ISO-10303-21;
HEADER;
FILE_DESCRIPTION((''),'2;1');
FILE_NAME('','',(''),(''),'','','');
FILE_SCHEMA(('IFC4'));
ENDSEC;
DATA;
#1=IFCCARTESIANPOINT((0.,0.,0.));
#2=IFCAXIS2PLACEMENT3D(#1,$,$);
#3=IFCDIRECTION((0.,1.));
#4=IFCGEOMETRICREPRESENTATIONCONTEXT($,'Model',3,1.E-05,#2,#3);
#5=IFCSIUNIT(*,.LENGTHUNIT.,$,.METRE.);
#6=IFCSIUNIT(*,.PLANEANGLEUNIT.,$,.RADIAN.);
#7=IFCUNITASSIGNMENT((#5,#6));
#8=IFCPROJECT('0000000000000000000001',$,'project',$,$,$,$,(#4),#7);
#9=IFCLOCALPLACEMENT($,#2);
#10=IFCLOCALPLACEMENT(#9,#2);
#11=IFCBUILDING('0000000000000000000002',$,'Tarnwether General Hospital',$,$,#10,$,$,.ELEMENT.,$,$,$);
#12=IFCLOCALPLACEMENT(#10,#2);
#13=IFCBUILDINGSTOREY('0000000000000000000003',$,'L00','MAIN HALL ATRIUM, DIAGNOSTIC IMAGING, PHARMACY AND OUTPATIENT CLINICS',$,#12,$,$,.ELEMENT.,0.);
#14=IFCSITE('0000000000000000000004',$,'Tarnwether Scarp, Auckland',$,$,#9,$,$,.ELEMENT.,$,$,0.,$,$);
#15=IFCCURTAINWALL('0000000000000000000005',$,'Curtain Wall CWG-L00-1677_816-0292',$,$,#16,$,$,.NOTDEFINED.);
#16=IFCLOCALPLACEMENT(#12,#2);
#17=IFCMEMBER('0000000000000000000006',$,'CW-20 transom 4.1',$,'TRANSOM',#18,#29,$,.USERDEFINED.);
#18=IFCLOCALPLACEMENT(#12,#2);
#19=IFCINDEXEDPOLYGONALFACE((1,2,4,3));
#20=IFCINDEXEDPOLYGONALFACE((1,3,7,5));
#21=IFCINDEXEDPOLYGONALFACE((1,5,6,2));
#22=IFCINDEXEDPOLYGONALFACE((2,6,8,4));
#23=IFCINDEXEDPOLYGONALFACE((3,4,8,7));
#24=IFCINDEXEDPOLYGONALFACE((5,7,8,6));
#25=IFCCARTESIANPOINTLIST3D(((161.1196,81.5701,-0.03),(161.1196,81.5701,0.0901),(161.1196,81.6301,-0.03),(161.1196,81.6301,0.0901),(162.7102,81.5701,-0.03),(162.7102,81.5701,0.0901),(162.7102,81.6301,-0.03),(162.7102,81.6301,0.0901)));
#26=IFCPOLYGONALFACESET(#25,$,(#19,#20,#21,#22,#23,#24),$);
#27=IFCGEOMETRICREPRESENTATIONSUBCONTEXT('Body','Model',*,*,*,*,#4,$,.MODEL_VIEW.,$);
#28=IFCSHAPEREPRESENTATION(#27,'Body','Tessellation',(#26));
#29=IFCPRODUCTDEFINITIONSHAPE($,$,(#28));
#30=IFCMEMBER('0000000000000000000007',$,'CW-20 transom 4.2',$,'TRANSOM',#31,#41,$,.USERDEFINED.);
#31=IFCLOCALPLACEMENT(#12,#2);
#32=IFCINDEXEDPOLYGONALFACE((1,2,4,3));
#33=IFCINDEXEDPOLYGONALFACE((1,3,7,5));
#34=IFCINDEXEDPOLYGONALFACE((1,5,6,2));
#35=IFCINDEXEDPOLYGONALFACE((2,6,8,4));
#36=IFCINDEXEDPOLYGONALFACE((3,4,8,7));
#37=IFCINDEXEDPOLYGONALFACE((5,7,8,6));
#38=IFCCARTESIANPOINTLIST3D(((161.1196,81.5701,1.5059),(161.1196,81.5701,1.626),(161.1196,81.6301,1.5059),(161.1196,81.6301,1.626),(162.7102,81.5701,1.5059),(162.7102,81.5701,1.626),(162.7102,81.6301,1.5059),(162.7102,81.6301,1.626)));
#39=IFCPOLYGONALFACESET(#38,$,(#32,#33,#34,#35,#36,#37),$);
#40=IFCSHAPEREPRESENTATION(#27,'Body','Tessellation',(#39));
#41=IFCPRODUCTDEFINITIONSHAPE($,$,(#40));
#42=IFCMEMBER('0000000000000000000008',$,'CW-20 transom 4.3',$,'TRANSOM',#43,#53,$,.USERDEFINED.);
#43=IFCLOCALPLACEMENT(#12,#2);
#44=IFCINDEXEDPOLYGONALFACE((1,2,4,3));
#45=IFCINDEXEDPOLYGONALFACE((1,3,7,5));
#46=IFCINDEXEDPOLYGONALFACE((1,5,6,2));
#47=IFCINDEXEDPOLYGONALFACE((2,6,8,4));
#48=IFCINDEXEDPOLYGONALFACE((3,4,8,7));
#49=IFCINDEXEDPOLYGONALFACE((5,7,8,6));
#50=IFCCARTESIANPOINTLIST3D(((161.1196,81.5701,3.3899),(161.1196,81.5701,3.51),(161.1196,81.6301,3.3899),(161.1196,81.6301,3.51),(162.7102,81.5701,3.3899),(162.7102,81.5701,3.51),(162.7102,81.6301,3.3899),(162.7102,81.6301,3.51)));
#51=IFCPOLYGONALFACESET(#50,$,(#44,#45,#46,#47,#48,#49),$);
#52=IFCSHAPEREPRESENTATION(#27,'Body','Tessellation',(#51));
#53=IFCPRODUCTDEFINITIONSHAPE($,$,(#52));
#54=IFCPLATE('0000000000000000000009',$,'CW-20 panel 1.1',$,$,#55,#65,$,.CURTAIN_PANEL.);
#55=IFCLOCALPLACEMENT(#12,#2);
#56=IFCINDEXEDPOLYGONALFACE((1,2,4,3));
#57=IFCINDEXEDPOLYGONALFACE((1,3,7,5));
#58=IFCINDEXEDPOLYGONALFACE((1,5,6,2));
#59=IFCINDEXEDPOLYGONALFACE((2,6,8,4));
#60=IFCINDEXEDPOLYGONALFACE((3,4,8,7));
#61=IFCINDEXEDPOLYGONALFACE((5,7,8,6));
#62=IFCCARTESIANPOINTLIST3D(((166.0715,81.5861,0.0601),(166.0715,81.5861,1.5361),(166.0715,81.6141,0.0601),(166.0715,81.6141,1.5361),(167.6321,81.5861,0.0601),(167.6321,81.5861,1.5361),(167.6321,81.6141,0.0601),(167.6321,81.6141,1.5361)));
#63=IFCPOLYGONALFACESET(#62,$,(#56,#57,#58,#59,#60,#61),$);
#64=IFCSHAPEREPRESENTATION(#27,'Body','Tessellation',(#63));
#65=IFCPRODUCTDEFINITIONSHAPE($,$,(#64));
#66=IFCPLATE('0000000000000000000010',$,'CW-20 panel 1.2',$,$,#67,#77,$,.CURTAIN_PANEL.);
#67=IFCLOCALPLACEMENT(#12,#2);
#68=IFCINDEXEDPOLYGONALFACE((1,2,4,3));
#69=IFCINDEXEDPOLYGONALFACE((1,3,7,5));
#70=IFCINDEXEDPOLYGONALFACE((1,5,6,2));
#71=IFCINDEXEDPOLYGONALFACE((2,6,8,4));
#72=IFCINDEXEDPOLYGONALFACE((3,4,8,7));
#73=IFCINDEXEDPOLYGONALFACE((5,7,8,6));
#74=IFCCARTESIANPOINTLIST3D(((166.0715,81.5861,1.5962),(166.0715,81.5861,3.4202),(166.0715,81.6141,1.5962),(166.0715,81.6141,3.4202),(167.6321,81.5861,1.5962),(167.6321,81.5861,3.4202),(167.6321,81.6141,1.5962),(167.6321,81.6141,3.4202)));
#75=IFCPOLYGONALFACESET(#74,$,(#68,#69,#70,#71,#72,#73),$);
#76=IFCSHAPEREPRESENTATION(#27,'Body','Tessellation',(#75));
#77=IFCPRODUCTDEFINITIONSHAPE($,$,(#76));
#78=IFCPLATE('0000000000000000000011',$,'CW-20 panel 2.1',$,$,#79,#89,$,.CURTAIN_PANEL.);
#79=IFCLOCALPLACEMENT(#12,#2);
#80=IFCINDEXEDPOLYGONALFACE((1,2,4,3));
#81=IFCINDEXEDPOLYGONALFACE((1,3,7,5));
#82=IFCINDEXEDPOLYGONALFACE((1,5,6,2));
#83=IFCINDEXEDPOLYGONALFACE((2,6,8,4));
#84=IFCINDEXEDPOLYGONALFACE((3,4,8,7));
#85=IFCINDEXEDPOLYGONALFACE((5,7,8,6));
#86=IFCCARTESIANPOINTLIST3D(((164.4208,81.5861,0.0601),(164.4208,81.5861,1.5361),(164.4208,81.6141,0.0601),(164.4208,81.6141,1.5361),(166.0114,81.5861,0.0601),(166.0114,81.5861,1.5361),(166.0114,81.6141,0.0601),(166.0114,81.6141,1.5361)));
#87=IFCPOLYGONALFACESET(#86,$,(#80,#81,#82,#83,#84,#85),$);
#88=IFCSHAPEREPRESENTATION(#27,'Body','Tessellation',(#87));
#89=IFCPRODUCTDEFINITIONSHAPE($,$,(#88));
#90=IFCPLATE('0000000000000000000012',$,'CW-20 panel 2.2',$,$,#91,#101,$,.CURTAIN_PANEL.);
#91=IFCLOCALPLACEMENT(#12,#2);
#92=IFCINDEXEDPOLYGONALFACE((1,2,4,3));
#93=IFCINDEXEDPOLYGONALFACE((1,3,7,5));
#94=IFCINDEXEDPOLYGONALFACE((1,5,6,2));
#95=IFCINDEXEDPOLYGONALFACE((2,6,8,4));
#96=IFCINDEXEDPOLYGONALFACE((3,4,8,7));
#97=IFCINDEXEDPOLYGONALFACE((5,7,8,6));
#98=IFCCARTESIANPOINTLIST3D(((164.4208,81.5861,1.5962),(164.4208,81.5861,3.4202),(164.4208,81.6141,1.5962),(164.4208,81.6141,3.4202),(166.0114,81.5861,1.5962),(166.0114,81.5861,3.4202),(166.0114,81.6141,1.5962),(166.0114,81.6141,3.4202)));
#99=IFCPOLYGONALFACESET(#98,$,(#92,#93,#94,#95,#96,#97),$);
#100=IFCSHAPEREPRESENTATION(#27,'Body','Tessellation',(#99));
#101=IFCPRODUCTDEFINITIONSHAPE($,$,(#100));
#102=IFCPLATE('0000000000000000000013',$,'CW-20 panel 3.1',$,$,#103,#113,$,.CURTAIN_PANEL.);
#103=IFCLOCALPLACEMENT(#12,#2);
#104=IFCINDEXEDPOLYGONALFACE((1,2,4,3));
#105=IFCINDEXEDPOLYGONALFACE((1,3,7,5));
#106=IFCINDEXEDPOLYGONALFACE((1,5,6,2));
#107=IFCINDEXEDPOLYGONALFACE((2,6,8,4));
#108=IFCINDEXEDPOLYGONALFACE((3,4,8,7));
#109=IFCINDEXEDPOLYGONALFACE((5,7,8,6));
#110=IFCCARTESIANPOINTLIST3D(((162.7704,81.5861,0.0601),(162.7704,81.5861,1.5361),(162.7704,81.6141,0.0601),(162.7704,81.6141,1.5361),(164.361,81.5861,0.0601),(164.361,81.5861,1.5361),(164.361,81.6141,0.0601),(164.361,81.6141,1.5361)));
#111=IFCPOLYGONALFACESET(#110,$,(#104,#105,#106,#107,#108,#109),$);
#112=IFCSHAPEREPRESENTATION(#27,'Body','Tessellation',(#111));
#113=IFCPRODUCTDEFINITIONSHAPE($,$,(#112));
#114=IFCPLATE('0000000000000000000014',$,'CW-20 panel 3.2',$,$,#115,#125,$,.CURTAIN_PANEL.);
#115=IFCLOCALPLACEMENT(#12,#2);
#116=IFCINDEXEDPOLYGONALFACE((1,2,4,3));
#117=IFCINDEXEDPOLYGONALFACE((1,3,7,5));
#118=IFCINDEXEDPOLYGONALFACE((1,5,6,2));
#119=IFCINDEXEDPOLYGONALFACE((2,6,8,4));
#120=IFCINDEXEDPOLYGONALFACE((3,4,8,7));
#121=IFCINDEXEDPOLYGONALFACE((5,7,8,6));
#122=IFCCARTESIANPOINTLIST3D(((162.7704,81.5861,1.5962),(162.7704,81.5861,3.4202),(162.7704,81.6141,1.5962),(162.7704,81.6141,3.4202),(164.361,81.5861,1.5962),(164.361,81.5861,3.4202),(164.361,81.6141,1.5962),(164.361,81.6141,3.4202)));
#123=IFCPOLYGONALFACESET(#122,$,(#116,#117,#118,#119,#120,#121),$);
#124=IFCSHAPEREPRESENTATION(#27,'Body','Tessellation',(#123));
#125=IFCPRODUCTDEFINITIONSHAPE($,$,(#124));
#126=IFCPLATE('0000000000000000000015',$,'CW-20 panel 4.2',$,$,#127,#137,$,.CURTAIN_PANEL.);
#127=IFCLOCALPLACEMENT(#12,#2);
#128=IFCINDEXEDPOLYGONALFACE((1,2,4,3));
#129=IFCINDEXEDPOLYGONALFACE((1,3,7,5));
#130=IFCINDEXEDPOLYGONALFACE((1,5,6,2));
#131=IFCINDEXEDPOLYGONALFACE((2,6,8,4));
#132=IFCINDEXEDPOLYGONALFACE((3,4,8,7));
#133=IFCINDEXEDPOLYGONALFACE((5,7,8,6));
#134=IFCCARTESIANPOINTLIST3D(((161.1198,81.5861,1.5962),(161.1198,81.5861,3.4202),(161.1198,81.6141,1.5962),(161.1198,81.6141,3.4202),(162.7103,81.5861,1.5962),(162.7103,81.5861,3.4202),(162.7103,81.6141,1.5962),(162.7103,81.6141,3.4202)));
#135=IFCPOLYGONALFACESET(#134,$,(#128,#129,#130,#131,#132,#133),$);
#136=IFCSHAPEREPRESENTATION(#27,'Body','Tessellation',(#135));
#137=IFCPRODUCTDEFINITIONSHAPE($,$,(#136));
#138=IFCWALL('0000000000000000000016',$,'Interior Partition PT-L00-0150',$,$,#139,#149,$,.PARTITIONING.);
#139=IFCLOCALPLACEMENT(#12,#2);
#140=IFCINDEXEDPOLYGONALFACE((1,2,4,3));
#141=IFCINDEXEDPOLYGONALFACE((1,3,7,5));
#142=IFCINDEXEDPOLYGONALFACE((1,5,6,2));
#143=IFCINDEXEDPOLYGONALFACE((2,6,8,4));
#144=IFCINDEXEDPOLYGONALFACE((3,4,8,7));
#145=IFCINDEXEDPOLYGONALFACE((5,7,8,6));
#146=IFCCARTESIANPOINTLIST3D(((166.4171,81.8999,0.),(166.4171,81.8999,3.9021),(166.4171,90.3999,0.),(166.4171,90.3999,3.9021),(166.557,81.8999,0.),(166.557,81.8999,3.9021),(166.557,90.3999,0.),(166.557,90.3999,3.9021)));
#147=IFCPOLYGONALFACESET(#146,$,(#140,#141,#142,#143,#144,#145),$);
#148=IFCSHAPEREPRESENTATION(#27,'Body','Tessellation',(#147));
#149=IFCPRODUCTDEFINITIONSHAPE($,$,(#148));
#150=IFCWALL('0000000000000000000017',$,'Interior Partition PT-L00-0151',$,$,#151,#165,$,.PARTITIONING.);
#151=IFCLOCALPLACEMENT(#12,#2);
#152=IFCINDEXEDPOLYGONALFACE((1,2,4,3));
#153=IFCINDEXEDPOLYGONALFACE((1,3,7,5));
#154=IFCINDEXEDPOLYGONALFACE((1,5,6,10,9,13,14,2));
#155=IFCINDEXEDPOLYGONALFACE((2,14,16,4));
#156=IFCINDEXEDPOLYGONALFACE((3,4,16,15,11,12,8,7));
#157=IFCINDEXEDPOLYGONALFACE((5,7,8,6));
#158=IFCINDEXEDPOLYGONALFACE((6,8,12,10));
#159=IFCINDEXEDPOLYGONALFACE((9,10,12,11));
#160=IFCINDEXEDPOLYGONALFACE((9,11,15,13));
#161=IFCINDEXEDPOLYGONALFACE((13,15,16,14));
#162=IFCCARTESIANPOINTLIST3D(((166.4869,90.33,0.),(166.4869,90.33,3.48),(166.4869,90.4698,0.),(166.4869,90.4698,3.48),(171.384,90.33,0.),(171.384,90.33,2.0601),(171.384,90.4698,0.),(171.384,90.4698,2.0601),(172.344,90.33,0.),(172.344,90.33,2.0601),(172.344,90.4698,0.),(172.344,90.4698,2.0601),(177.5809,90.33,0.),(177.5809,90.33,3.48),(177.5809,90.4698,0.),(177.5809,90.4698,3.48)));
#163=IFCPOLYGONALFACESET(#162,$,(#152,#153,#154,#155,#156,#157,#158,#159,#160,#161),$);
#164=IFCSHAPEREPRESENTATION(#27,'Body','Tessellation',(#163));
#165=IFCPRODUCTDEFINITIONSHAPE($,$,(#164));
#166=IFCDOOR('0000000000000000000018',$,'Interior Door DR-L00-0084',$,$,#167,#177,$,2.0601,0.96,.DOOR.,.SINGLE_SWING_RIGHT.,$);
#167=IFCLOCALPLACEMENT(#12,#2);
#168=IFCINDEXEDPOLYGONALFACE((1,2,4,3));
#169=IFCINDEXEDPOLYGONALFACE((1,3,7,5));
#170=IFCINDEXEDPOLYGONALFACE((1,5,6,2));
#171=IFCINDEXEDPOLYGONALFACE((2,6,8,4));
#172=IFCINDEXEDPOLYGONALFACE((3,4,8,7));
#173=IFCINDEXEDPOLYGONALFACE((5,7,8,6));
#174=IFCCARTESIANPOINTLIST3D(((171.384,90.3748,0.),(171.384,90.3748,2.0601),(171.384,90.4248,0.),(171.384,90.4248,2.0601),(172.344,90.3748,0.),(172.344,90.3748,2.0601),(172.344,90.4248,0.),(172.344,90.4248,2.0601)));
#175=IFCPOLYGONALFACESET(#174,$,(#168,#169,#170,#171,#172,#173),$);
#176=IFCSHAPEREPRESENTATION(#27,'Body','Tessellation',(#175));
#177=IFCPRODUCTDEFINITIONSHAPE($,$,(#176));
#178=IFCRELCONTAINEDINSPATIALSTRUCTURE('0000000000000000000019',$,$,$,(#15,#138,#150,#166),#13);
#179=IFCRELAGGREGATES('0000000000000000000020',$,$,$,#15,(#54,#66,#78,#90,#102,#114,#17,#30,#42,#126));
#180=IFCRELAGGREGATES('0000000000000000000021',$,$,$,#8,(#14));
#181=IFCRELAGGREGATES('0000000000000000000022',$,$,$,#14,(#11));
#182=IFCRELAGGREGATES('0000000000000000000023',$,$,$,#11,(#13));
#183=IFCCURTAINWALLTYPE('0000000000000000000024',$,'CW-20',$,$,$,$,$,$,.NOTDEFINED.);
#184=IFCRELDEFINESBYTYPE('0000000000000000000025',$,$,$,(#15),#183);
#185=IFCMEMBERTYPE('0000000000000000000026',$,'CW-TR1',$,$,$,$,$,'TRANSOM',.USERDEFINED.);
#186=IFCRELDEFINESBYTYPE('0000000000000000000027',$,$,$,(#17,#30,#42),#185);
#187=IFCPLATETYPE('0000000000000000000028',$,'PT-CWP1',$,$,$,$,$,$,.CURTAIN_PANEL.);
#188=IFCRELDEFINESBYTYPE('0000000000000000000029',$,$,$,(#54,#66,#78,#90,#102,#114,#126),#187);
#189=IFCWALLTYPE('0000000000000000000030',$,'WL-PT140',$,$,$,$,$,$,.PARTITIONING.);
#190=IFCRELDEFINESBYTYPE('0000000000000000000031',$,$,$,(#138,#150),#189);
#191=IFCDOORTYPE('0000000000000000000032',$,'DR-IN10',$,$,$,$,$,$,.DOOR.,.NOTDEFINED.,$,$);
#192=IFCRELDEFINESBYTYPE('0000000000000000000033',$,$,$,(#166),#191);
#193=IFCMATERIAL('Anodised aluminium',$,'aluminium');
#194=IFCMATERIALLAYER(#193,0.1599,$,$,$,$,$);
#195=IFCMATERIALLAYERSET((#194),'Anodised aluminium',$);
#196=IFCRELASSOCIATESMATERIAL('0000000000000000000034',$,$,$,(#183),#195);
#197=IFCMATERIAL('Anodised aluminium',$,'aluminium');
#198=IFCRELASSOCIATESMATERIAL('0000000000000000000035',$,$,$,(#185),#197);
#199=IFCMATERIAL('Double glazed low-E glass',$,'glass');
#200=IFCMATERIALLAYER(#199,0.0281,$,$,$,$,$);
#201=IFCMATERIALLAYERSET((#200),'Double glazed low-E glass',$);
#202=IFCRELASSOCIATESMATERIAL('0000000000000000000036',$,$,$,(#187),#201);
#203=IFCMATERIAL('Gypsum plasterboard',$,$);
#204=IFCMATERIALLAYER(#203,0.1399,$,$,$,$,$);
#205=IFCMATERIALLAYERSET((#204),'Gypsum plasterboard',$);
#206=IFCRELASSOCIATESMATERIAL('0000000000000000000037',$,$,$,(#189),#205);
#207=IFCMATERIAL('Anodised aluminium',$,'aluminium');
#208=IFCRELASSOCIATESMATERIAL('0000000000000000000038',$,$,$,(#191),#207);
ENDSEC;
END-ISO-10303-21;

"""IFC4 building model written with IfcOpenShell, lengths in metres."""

from ifc_helpers import new_model, si_unit, direction, frame, frame_2d, origin, origin_2d, place, context, subcontext, project, spatial, rectangle, extrude, material, layer, layer_set, material_profile, profile_set, type_object, element, fill, aggregate, save


model = new_model("IFC4")

# Units and contexts
model_context = context("Model", 3, precision=1e-05, world=origin(), true_north=direction((0.0, 1.0)))
body_context = subcontext(model_context, "Body", "Model", "MODEL_VIEW")
ifc_project = project(units=[si_unit("LENGTHUNIT", "METRE"), si_unit("PLANEANGLEUNIT", "RADIAN")], contexts=[model_context])

# Site, building, storey
site_placement = place(None, origin())
site = spatial("IfcSite", under=ifc_project, at=site_placement, Name="Tarnwether Scarp, Auckland", CompositionType="ELEMENT", RefElevation=0.0)
building_placement = place(site_placement, origin())
building = spatial("IfcBuilding", under=site, at=building_placement, Name="Tarnwether General Hospital", CompositionType="ELEMENT")
storey_placement = place(building_placement, origin())
storey = spatial("IfcBuildingStorey", under=building, at=storey_placement, Name="L00", Description="MAIN HALL ATRIUM, DIAGNOSTIC IMAGING, PHARMACY AND OUTPATIENT CLINICS", CompositionType="ELEMENT", Elevation=0.0)

# Curtain wall, members, plates
ifc_material_1 = material(Name="Anodised aluminium", Category="aluminium")
ifc_layer_1 = layer(ifc_material_1, 0.1599)
ifc_layer_set_1 = layer_set([ifc_layer_1], Name="Anodised aluminium")
curtain_wall_type = type_object("IfcCurtainWallType", Name="CW-20", PredefinedType="NOTDEFINED", material=ifc_layer_set_1)
curtain_wall_placement = place(storey_placement, origin())
curtain_wall = element("IfcCurtainWall", 1, at=curtain_wall_placement, inside=storey, type_object=curtain_wall_type, Name="Curtain Wall CWG-L00-1677_816-0292", PredefinedType="NOTDEFINED")
ifc_material_2 = material(Name="Anodised aluminium", Category="aluminium")
ifc_material_profile_1 = material_profile(ifc_material_2, rectangle(XDim=0.0601, YDim=0.1201, at=origin_2d()), Name="ALU-TRN-60x120")
ifc_profile_set_1 = profile_set([ifc_material_profile_1], Name="Anodised aluminium")
member_type_1 = type_object("IfcMemberType", Name="CW-TR1", ElementType="TRANSOM", PredefinedType="USERDEFINED", material=ifc_profile_set_1)
member_1_placement = place(storey_placement, frame((162.7102, 81.6001, 0.03), z_axis=(-1.0, 0.0, 0.0), x_axis=(0.0, -1.0, 0.0)))
member_1 = element("IfcMember", 2, at=member_1_placement, type_object=member_type_1, Name="CW-20 transom 4.1", ObjectType="TRANSOM", PredefinedType="USERDEFINED", context=body_context, shape_type="SweptSolid", body=[
    extrude(rectangle(XDim=0.0601, YDim=0.1201, at=origin_2d()), origin(), (0.0, 0.0, 1.0), 1.5906),
])
member_2_placement = place(storey_placement, frame((162.7102, 81.6001, 1.5659), z_axis=(-1.0, 0.0, 0.0), x_axis=(0.0, -1.0, 0.0)))
member_2 = element("IfcMember", 3, at=member_2_placement, type_object=member_type_1, Name="CW-20 transom 4.2", ObjectType="TRANSOM", PredefinedType="USERDEFINED", context=body_context, shape_type="SweptSolid", body=[
    extrude(rectangle(XDim=0.0601, YDim=0.1201, at=origin_2d()), origin(), (0.0, 0.0, 1.0), 1.5906),
])
member_3_placement = place(storey_placement, frame((162.7102, 81.6001, 3.45), z_axis=(-1.0, 0.0, 0.0), x_axis=(0.0, -1.0, 0.0)))
member_3 = element("IfcMember", 4, at=member_3_placement, type_object=member_type_1, Name="CW-20 transom 4.3", ObjectType="TRANSOM", PredefinedType="USERDEFINED", context=body_context, shape_type="SweptSolid", body=[
    extrude(rectangle(XDim=0.0601, YDim=0.1201, at=origin_2d()), origin(), (0.0, 0.0, 1.0), 1.5906),
])
ifc_material_3 = material(Name="Double glazed low-E glass", Category="glass")
ifc_layer_2 = layer(ifc_material_3, 0.0281)
ifc_layer_set_2 = layer_set([ifc_layer_2], Name="Double glazed low-E glass")
plate_type = type_object("IfcPlateType", Name="PT-CWP1", PredefinedType="CURTAIN_PANEL", material=ifc_layer_set_2)
plate_1_placement = place(storey_placement, frame((166.8518, 81.6001, 0.0601), z_axis=(0.0, 0.0, 1.0), x_axis=(-1.0, 0.0, 0.0)))
plate_1 = element("IfcPlate", 5, at=plate_1_placement, type_object=plate_type, Name="CW-20 panel 1.1", PredefinedType="CURTAIN_PANEL", context=body_context, shape_type="SweptSolid", body=[
    extrude(rectangle(XDim=1.5605, YDim=0.0281, at=origin_2d()), origin(), (0.0, 0.0, 1.0), 1.4761),
])
plate_2_placement = place(storey_placement, frame((166.8518, 81.6001, 1.5962), z_axis=(0.0, 0.0, 1.0), x_axis=(-1.0, 0.0, 0.0)))
plate_2 = element("IfcPlate", 6, at=plate_2_placement, type_object=plate_type, Name="CW-20 panel 1.2", PredefinedType="CURTAIN_PANEL", context=body_context, shape_type="SweptSolid", body=[
    extrude(rectangle(XDim=1.5605, YDim=0.0281, at=origin_2d()), origin(), (0.0, 0.0, 1.0), 1.824),
])
plate_3_placement = place(storey_placement, frame((165.2161, 81.6001, 0.0601), z_axis=(0.0, 0.0, 1.0), x_axis=(-1.0, 0.0, 0.0)))
plate_3 = element("IfcPlate", 7, at=plate_3_placement, type_object=plate_type, Name="CW-20 panel 2.1", PredefinedType="CURTAIN_PANEL", context=body_context, shape_type="SweptSolid", body=[
    extrude(rectangle(XDim=1.5906, YDim=0.0281, at=origin_2d()), origin(), (0.0, 0.0, 1.0), 1.4761),
])
plate_4_placement = place(storey_placement, frame((165.2161, 81.6001, 1.5962), z_axis=(0.0, 0.0, 1.0), x_axis=(-1.0, 0.0, 0.0)))
plate_4 = element("IfcPlate", 8, at=plate_4_placement, type_object=plate_type, Name="CW-20 panel 2.2", PredefinedType="CURTAIN_PANEL", context=body_context, shape_type="SweptSolid", body=[
    extrude(rectangle(XDim=1.5906, YDim=0.0281, at=origin_2d()), origin(), (0.0, 0.0, 1.0), 1.824),
])
plate_5_placement = place(storey_placement, frame((163.5657, 81.6001, 0.0601), z_axis=(0.0, 0.0, 1.0), x_axis=(-1.0, 0.0, 0.0)))
plate_5 = element("IfcPlate", 9, at=plate_5_placement, type_object=plate_type, Name="CW-20 panel 3.1", PredefinedType="CURTAIN_PANEL", context=body_context, shape_type="SweptSolid", body=[
    extrude(rectangle(XDim=1.5906, YDim=0.0281, at=origin_2d()), origin(), (0.0, 0.0, 1.0), 1.4761),
])
plate_6_placement = place(storey_placement, frame((163.5657, 81.6001, 1.5962), z_axis=(0.0, 0.0, 1.0), x_axis=(-1.0, 0.0, 0.0)))
plate_6 = element("IfcPlate", 10, at=plate_6_placement, type_object=plate_type, Name="CW-20 panel 3.2", PredefinedType="CURTAIN_PANEL", context=body_context, shape_type="SweptSolid", body=[
    extrude(rectangle(XDim=1.5906, YDim=0.0281, at=origin_2d()), origin(), (0.0, 0.0, 1.0), 1.824),
])
plate_7_placement = place(storey_placement, frame((161.915, 81.6001, 1.5962), z_axis=(0.0, 0.0, 1.0), x_axis=(-1.0, 0.0, 0.0)))
plate_7 = element("IfcPlate", 11, at=plate_7_placement, type_object=plate_type, Name="CW-20 panel 4.2", PredefinedType="CURTAIN_PANEL", context=body_context, shape_type="SweptSolid", body=[
    extrude(rectangle(XDim=1.5906, YDim=0.0281, at=origin_2d()), origin(), (0.0, 0.0, 1.0), 1.824),
])
aggregate(curtain_wall, [plate_1, plate_2, plate_3, plate_4, plate_5, plate_6, member_1, member_2, member_3, plate_7])

# Wall
ifc_material_4 = material(Name="Gypsum plasterboard")
ifc_layer_3 = layer(ifc_material_4, 0.1399)
ifc_layer_set_3 = layer_set([ifc_layer_3], Name="Gypsum plasterboard")
wall_type = type_object("IfcWallType", Name="WL-PT140", PredefinedType="PARTITIONING", material=ifc_layer_set_3)
wall_1_placement = place(storey_placement, frame((166.4871, 81.8999, 0.0), z_axis=(0.0, 0.0, 1.0), x_axis=(0.0, 1.0, 0.0)))
element("IfcWall", 12, at=wall_1_placement, inside=storey, type_object=wall_type, Name="Interior Partition PT-L00-0150", PredefinedType="PARTITIONING", context=body_context, shape_type="SweptSolid", body=[
    extrude(rectangle(XDim=8.5, YDim=0.1399, at=frame_2d((4.25, 0.0))), origin(), (0.0, 0.0, 1.0), 3.9021),
])

# Wall, opening, door
wall_2_placement = place(storey_placement, frame((166.4871, 90.3999, 0.0), z_axis=(0.0, 0.0, 1.0), x_axis=(1.0, 0.0, 0.0)))
wall_2 = element("IfcWall", 13, at=wall_2_placement, inside=storey, type_object=wall_type, Name="Interior Partition PT-L00-0151", PredefinedType="PARTITIONING", context=body_context, shape_type="SweptSolid", body=[
    extrude(rectangle(XDim=11.094, YDim=0.1399, at=frame_2d((5.5469, 0.0))), origin(), (0.0, 0.0, 1.0), 3.48),
])
opening_placement = place(wall_2_placement, frame((4.897, 0.0, 0.0)))
opening = element("IfcOpeningElement", 14, at=opening_placement, cuts=wall_2, PredefinedType="OPENING", context=body_context, shape_type="SweptSolid", body=[
    extrude(rectangle(XDim=0.96, YDim=2.0601, at=frame_2d((0.48, 1.03))), frame((0.0, 0.0801, 0.0), z_axis=(0.0, -1.0, 0.0), x_axis=(1.0, 0.0, 0.0)), (0.0, 0.0, 1.0), 0.1599),
])
ifc_material_5 = material(Name="Anodised aluminium", Category="aluminium")
door_type = type_object("IfcDoorType", Name="DR-IN10", OperationType="NOTDEFINED", PredefinedType="DOOR", material=ifc_material_5)
door_placement = place(opening_placement, origin())
door = element("IfcDoor", 15, at=door_placement, inside=storey, type_object=door_type, Name="Interior Door DR-L00-0084", OperationType="SINGLE_SWING_RIGHT", OverallHeight=2.0601, OverallWidth=0.96, PredefinedType="DOOR", context=body_context, shape_type="SweptSolid", body=[
    extrude(rectangle(XDim=0.96, YDim=2.0601, at=frame_2d((0.48, 1.03))), frame((0.0, 0.0249, 0.0), z_axis=(0.0, -1.0, 0.0), x_axis=(1.0, 0.0, 0.0)), (0.0, 0.0, 1.0), 0.05),
])
fill(opening, door)

save(model, "model.ifc")
